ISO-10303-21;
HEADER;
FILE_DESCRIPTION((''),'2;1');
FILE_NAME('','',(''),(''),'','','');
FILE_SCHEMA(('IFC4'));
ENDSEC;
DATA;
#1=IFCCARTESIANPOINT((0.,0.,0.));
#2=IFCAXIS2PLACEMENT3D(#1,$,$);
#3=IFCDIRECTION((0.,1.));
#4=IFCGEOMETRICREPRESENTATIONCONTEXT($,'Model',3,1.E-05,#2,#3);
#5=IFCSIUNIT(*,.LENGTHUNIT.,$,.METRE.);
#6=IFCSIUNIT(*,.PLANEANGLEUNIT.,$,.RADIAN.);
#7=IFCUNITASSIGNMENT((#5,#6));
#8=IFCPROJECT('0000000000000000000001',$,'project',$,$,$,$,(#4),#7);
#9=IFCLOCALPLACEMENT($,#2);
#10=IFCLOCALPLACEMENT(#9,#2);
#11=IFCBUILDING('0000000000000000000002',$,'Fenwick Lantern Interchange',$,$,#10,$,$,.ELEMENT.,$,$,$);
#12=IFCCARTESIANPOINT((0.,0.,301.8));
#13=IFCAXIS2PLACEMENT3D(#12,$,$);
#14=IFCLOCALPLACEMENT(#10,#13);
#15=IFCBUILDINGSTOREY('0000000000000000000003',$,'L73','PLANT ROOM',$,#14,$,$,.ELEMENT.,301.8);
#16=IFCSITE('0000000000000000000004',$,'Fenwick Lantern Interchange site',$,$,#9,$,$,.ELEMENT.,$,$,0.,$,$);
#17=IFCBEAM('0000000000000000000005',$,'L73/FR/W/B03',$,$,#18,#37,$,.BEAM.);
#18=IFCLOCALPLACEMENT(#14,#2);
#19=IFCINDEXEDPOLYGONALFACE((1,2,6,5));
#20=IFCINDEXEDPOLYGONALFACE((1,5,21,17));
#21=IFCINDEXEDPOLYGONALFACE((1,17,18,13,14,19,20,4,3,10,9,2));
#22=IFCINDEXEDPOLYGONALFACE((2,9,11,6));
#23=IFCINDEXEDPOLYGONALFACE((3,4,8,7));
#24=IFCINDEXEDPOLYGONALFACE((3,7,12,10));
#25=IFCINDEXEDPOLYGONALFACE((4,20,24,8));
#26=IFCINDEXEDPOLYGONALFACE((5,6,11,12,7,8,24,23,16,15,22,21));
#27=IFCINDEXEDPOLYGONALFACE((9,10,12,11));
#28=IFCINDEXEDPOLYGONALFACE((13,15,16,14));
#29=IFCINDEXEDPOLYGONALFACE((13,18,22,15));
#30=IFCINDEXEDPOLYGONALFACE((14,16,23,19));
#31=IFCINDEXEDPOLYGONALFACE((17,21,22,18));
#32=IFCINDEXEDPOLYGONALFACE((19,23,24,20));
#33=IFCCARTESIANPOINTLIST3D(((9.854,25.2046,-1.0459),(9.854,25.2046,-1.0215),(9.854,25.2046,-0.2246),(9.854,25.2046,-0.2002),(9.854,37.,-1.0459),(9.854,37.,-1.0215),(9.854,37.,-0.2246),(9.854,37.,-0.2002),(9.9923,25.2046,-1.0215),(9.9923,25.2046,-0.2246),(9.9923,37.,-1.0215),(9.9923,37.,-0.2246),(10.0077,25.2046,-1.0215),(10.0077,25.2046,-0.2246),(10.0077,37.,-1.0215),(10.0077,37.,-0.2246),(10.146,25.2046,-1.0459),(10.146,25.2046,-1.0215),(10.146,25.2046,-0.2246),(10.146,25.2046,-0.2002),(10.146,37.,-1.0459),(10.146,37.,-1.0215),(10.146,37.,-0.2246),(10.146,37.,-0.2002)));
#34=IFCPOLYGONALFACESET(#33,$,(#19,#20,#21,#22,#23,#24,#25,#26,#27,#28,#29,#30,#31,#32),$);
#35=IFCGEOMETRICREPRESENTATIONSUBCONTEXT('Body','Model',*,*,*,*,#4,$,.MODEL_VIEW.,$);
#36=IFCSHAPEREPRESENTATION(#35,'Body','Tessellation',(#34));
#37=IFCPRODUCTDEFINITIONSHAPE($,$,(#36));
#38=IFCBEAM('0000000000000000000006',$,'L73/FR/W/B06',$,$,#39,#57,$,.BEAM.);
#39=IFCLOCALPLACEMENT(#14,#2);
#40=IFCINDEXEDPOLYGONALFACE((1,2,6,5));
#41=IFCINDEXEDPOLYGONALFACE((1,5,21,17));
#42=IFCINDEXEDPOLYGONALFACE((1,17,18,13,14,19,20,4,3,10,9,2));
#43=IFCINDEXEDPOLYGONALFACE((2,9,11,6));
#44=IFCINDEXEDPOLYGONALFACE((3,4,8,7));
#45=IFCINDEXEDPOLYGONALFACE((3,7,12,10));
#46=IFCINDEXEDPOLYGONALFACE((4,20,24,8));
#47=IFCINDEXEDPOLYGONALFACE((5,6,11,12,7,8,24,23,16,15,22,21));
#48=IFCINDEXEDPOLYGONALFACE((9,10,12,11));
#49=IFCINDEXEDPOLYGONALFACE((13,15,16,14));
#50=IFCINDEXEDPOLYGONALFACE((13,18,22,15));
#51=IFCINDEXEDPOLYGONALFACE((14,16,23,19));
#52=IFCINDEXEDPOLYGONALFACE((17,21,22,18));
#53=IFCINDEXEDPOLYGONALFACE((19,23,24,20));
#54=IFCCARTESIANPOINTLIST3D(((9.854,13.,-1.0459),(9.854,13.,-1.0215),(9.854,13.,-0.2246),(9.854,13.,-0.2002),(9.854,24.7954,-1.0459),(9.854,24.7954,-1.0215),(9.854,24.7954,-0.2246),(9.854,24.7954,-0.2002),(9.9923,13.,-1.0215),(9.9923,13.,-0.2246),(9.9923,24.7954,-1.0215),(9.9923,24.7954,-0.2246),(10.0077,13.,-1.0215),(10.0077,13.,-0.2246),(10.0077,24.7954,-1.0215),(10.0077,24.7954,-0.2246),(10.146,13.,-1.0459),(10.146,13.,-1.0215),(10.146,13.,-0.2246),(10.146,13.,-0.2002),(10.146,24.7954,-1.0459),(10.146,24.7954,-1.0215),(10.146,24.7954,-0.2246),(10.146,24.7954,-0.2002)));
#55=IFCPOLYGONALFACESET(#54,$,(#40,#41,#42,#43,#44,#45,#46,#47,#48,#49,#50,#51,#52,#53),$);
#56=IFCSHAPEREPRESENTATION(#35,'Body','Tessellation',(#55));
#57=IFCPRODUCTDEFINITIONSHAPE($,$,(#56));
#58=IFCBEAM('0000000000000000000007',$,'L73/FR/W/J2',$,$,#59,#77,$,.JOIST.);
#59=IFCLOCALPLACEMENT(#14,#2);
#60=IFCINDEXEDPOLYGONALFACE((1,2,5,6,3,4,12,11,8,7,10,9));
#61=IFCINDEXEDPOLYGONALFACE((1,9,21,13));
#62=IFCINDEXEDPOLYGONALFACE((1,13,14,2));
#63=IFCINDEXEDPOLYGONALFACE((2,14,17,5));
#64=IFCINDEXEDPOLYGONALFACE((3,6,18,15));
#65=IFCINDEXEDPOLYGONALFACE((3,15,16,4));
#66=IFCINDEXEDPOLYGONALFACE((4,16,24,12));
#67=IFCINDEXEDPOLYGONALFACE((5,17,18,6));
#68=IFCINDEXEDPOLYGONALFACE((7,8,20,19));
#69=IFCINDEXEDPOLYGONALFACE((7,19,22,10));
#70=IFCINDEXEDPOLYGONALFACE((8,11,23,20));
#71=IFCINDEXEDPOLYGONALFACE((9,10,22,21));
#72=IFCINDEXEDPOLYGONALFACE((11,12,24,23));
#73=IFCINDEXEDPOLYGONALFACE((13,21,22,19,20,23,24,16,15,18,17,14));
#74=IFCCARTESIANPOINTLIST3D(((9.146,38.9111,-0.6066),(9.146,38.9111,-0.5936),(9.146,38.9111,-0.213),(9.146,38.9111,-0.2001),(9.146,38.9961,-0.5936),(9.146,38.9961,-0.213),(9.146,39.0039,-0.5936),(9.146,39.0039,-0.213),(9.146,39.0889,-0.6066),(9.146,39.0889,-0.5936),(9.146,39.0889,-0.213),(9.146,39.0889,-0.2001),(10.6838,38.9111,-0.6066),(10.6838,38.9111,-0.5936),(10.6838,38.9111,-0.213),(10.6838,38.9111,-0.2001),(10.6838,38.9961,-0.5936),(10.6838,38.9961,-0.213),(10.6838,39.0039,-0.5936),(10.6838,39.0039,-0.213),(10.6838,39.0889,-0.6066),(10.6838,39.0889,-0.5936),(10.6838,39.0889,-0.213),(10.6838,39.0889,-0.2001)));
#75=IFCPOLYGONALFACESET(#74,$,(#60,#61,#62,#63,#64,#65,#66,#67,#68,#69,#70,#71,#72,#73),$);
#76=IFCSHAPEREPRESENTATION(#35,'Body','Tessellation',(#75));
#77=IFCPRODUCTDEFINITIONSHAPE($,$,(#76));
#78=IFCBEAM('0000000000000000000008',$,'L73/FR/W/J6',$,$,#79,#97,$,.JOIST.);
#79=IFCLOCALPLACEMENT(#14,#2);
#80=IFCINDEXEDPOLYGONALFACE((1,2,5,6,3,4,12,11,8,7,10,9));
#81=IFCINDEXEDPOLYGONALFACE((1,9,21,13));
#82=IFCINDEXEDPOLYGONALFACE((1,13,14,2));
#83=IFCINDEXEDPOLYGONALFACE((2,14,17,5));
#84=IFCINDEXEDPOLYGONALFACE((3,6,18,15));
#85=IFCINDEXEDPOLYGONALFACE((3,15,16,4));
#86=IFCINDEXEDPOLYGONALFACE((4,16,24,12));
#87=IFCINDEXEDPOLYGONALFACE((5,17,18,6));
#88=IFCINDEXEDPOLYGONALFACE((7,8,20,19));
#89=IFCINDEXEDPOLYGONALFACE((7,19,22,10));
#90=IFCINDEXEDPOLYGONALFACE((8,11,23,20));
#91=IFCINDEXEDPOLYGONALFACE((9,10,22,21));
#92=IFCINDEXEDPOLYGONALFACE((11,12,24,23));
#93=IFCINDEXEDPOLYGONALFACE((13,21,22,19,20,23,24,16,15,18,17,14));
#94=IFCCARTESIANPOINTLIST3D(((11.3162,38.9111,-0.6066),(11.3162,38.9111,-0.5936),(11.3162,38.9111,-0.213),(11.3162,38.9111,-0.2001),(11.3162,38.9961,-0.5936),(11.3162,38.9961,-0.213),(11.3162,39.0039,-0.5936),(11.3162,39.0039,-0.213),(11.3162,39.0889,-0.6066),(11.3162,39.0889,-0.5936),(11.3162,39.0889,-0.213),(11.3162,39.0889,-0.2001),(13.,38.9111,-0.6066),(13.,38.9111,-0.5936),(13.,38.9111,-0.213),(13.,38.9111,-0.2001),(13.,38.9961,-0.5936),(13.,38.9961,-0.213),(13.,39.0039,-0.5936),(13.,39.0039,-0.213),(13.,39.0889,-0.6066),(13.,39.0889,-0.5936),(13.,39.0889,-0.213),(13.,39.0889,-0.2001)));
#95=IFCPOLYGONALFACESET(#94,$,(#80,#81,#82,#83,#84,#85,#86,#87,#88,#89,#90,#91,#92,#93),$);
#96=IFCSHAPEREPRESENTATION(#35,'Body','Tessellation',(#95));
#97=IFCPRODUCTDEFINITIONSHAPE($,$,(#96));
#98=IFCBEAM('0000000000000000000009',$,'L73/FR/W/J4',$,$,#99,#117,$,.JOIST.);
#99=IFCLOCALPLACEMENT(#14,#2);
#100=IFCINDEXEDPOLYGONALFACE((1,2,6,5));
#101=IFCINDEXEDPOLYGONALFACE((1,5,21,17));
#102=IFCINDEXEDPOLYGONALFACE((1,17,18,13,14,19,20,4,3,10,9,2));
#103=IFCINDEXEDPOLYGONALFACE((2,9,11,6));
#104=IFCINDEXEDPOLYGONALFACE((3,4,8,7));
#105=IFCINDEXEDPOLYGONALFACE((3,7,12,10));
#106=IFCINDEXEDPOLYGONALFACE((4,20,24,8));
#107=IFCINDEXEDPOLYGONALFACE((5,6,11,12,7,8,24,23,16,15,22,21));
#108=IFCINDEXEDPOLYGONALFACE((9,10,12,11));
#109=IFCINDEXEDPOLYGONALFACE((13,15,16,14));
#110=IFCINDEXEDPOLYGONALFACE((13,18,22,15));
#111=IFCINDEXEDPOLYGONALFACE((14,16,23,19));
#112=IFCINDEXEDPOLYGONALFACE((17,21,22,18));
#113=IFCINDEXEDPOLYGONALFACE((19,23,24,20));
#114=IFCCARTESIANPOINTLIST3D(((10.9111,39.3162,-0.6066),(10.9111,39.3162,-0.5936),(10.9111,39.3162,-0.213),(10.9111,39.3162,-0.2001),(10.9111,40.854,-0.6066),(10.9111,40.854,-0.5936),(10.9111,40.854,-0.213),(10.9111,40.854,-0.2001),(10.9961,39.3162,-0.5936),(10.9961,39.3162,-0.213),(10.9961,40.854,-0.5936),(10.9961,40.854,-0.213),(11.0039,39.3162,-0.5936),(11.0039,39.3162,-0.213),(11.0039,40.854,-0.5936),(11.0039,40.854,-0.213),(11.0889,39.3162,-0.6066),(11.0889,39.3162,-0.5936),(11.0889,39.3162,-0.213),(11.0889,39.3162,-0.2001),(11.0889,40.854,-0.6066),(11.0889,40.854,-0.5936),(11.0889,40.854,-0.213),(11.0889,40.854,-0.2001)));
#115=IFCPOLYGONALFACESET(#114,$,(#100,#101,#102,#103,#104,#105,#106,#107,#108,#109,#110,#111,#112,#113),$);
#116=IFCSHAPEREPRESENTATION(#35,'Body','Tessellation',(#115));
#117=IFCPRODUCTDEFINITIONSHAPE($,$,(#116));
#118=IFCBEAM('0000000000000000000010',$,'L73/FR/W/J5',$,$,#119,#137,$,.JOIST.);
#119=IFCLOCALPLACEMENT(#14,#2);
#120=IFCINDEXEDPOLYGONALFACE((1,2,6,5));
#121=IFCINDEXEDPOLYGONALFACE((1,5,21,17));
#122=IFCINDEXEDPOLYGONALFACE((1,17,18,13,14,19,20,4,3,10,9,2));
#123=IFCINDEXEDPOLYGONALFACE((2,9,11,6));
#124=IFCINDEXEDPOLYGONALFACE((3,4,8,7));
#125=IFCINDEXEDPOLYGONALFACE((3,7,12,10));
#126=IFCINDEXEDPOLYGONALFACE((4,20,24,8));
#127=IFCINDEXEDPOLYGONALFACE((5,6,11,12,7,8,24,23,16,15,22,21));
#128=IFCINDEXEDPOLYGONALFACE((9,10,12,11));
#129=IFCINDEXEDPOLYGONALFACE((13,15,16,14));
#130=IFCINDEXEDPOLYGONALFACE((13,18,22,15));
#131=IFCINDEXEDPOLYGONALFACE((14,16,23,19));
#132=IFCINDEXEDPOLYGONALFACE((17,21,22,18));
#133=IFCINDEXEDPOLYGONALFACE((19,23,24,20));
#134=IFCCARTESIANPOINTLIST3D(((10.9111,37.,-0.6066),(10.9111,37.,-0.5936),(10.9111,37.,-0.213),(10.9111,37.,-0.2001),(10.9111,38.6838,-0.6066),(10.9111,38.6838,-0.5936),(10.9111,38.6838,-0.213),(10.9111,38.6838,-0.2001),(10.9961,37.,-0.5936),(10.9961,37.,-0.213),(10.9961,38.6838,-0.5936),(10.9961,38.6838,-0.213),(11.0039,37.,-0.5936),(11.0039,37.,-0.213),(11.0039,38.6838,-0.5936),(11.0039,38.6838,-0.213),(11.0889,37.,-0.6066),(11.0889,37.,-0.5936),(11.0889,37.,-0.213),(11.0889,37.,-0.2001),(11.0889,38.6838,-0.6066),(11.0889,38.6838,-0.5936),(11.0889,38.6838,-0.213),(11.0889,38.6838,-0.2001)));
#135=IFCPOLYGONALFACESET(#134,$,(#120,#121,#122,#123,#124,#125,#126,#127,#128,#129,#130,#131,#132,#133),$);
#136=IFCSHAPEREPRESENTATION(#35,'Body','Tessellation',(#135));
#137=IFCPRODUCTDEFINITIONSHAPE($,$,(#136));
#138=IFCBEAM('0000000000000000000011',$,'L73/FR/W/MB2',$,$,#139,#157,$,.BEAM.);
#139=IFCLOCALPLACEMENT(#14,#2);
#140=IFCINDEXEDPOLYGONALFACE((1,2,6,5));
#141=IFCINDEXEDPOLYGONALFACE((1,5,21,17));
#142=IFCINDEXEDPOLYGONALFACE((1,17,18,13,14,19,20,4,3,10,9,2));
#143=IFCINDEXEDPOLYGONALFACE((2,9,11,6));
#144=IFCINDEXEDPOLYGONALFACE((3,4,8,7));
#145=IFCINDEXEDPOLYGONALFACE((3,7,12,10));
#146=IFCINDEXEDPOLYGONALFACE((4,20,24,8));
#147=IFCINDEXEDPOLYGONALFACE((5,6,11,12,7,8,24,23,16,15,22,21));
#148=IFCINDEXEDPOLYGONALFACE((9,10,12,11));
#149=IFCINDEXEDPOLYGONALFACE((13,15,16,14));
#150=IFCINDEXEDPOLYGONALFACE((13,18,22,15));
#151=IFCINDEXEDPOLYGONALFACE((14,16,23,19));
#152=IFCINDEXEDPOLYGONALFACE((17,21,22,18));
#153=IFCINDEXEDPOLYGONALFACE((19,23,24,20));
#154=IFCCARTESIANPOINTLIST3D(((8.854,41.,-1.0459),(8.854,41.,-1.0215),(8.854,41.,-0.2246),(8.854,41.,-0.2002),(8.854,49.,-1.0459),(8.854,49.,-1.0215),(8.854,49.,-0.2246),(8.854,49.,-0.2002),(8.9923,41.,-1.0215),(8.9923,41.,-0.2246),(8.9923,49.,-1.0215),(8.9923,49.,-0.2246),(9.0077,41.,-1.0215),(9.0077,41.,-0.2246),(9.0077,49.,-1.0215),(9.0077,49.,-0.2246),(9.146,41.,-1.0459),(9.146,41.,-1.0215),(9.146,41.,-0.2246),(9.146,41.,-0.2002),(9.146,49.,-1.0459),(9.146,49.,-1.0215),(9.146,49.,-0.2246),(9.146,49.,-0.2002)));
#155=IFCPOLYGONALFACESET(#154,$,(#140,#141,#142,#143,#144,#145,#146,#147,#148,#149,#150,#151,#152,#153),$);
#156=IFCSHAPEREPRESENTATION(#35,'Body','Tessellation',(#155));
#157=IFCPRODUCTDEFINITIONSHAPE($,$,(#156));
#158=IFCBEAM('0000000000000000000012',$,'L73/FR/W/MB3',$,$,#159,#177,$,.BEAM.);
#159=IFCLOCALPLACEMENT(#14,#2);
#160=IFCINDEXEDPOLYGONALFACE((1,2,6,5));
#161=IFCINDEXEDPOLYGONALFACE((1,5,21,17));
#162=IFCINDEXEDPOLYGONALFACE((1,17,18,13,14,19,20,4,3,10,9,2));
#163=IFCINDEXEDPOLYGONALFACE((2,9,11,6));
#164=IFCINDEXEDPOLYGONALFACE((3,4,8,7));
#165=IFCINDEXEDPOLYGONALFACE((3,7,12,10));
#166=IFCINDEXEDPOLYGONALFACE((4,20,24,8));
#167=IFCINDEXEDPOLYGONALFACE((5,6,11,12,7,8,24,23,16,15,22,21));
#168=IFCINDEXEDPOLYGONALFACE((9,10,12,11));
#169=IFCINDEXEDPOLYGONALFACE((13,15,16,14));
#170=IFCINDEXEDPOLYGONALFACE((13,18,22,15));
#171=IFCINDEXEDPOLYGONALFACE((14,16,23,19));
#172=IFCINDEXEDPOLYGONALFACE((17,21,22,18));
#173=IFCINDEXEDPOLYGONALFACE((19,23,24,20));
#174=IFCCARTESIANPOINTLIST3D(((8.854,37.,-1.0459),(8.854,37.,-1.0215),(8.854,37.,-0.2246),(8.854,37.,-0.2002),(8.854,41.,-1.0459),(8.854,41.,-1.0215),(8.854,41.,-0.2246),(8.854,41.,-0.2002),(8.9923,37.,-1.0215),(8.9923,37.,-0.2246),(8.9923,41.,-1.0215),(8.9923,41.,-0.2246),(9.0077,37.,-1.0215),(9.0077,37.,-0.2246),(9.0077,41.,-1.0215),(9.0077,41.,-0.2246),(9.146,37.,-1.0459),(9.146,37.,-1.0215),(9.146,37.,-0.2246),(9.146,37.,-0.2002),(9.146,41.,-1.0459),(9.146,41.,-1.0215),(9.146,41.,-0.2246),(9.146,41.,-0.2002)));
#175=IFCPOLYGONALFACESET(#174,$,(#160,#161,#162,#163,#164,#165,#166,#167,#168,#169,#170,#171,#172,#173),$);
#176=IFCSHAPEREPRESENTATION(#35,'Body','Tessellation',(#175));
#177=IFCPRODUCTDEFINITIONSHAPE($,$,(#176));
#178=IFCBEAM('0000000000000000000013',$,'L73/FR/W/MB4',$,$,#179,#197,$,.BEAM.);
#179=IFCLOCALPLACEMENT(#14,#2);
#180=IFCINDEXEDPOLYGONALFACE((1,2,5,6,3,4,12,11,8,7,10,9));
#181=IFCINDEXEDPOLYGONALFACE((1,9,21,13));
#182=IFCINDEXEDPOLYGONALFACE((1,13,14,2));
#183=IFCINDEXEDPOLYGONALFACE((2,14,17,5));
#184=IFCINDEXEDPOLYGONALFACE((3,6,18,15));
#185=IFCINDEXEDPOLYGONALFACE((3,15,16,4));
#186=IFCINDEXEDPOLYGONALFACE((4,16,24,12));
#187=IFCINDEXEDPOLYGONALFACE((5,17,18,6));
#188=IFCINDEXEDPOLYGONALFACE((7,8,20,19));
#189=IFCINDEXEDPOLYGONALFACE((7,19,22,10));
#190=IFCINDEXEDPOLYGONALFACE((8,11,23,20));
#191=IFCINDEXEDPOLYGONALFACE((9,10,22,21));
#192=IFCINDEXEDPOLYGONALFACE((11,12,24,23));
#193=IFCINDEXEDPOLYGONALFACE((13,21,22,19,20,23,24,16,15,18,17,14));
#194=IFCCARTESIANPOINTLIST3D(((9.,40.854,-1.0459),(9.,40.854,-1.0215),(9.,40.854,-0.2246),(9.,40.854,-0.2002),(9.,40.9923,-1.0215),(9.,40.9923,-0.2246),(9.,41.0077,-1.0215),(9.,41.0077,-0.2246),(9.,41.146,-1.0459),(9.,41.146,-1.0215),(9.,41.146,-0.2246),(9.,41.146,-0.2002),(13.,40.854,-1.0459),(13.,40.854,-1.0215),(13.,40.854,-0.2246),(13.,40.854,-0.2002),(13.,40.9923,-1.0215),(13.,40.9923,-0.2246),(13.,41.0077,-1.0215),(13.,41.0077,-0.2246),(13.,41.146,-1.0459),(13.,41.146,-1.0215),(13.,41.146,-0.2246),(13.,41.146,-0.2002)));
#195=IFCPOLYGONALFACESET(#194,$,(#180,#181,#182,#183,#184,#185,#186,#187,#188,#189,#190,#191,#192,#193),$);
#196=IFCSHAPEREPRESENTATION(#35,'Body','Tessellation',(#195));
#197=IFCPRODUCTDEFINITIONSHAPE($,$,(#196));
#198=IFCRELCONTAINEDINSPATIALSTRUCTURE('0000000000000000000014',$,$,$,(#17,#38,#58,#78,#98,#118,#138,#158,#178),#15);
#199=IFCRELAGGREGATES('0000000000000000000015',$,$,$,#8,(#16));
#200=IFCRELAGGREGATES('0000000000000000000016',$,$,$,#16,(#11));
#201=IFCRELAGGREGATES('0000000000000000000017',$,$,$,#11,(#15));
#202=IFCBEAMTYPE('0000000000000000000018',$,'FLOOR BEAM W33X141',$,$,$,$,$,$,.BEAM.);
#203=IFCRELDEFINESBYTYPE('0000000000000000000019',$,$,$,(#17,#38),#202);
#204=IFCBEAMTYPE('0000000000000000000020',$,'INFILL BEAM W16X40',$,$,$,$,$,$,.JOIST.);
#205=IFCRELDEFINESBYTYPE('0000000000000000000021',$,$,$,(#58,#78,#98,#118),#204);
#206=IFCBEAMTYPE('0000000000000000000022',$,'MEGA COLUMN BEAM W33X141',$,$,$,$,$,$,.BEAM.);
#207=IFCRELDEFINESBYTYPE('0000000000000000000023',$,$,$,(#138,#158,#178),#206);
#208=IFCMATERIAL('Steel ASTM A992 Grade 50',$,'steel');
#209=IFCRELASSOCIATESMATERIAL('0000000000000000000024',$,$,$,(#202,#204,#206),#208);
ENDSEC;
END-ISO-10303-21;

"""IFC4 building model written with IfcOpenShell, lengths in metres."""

from ifc_helpers import new_model, si_unit, direction, frame, origin, origin_2d, place, context, subcontext, project, spatial, i_section, extrude, material, material_profile, profile_set, type_object, element, save


model = new_model("IFC4")

# Units and contexts
model_context = context("Model", 3, precision=1e-05, world=origin(), true_north=direction((0.0, 1.0)))
body_context = subcontext(model_context, "Body", "Model", "MODEL_VIEW")
ifc_project = project(units=[si_unit("LENGTHUNIT", "METRE"), si_unit("PLANEANGLEUNIT", "RADIAN")], contexts=[model_context])

# Site, building, storey
site_placement = place(None, origin())
site = spatial("IfcSite", under=ifc_project, at=site_placement, Name="Fenwick Lantern Interchange site", CompositionType="ELEMENT", RefElevation=0.0)
building_placement = place(site_placement, origin())
building = spatial("IfcBuilding", under=site, at=building_placement, Name="Fenwick Lantern Interchange", CompositionType="ELEMENT")
storey_placement = place(building_placement, frame((0.0, 0.0, 301.8)))
storey = spatial("IfcBuildingStorey", under=building, at=storey_placement, Name="L73", Description="PLANT ROOM", CompositionType="ELEMENT", Elevation=301.8)

# Beams
ifc_material_1 = material(Name="Steel ASTM A992 Grade 50", Category="steel")
ifc_material_profile_1 = material_profile(ifc_material_1, i_section(OverallWidth=0.292, OverallDepth=0.8457, WebThickness=0.0154, FlangeThickness=0.0244, at=origin_2d()), Name="W33X141")
ifc_profile_set_1 = profile_set([ifc_material_profile_1], Name="Steel ASTM A992 Grade 50")
beam_type_1 = type_object("IfcBeamType", Name="FLOOR BEAM W33X141", PredefinedType="BEAM", material=ifc_profile_set_1)
for number, where, z_axis, x_axis, name in (
    (1, (10.0, 37.0, -0.623), (0.0, -1.0, 0.0), (1.0, 0.0, 0.0), "L73/FR/W/B03"),
    (2, (10.0, 24.7954, -0.623), (0.0, -1.0, 0.0), (1.0, 0.0, 0.0), "L73/FR/W/B06"),
):
    element("IfcBeam", number, at=place(storey_placement, frame(where, z_axis=z_axis, x_axis=x_axis)), inside=storey, type_object=beam_type_1, Name=name, PredefinedType="BEAM", context=body_context, shape_type="SweptSolid", body=[
        extrude(i_section(OverallWidth=0.292, OverallDepth=0.8457, WebThickness=0.0154, FlangeThickness=0.0244, at=origin_2d()), origin(), (0.0, 0.0, 1.0), 11.7954),
    ])
ifc_material_profile_2 = material_profile(ifc_material_1, i_section(OverallWidth=0.1777, OverallDepth=0.4065, WebThickness=0.0078, FlangeThickness=0.0129, at=origin_2d()), Name="W16X40")
ifc_profile_set_2 = profile_set([ifc_material_profile_2], Name="Steel ASTM A992 Grade 50")
beam_type_2 = type_object("IfcBeamType", Name="INFILL BEAM W16X40", PredefinedType="JOIST", material=ifc_profile_set_2)
beam_1_placement = place(storey_placement, frame((9.146, 39.0, -0.4033), z_axis=(1.0, 0.0, 0.0), x_axis=(0.0, 1.0, 0.0)))
element("IfcBeam", 3, at=beam_1_placement, inside=storey, type_object=beam_type_2, Name="L73/FR/W/J2", PredefinedType="JOIST", context=body_context, shape_type="SweptSolid", body=[
    extrude(i_section(OverallWidth=0.1777, OverallDepth=0.4065, WebThickness=0.0078, FlangeThickness=0.0129, at=origin_2d()), origin(), (0.0, 0.0, 1.0), 1.5378),
])
beam_2_placement = place(storey_placement, frame((11.3162, 39.0, -0.4033), z_axis=(1.0, 0.0, 0.0), x_axis=(0.0, 1.0, 0.0)))
element("IfcBeam", 4, at=beam_2_placement, inside=storey, type_object=beam_type_2, Name="L73/FR/W/J6", PredefinedType="JOIST", context=body_context, shape_type="SweptSolid", body=[
    extrude(i_section(OverallWidth=0.1777, OverallDepth=0.4065, WebThickness=0.0078, FlangeThickness=0.0129, at=origin_2d()), origin(), (0.0, 0.0, 1.0), 1.6838),
])
beam_3_placement = place(storey_placement, frame((11.0, 40.854, -0.4033), z_axis=(0.0, -1.0, 0.0), x_axis=(1.0, 0.0, 0.0)))
element("IfcBeam", 5, at=beam_3_placement, inside=storey, type_object=beam_type_2, Name="L73/FR/W/J4", PredefinedType="JOIST", context=body_context, shape_type="SweptSolid", body=[
    extrude(i_section(OverallWidth=0.1777, OverallDepth=0.4065, WebThickness=0.0078, FlangeThickness=0.0129, at=origin_2d()), origin(), (0.0, 0.0, 1.0), 1.5378),
])
beam_4_placement = place(storey_placement, frame((11.0, 38.6838, -0.4033), z_axis=(0.0, -1.0, 0.0), x_axis=(1.0, 0.0, 0.0)))
element("IfcBeam", 6, at=beam_4_placement, inside=storey, type_object=beam_type_2, Name="L73/FR/W/J5", PredefinedType="JOIST", context=body_context, shape_type="SweptSolid", body=[
    extrude(i_section(OverallWidth=0.1777, OverallDepth=0.4065, WebThickness=0.0078, FlangeThickness=0.0129, at=origin_2d()), origin(), (0.0, 0.0, 1.0), 1.6838),
])
ifc_material_profile_3 = material_profile(ifc_material_1, i_section(OverallWidth=0.292, OverallDepth=0.8457, WebThickness=0.0154, FlangeThickness=0.0244, at=origin_2d()), Name="W33X141")
ifc_profile_set_3 = profile_set([ifc_material_profile_3], Name="Steel ASTM A992 Grade 50")
beam_type_3 = type_object("IfcBeamType", Name="MEGA COLUMN BEAM W33X141", PredefinedType="BEAM", material=ifc_profile_set_3)
beam_5_placement = place(storey_placement, frame((9.0, 41.0, -0.623), z_axis=(0.0, 1.0, 0.0), x_axis=(-1.0, 0.0, 0.0)))
element("IfcBeam", 7, at=beam_5_placement, inside=storey, type_object=beam_type_3, Name="L73/FR/W/MB2", PredefinedType="BEAM", context=body_context, shape_type="SweptSolid", body=[
    extrude(i_section(OverallWidth=0.292, OverallDepth=0.8457, WebThickness=0.0154, FlangeThickness=0.0244, at=origin_2d()), origin(), (0.0, 0.0, 1.0), 8.0),
])
for number, where, z_axis, x_axis, name in (
    (8, (9.0, 41.0, -0.623), (0.0, -1.0, 0.0), (1.0, 0.0, 0.0), "L73/FR/W/MB3"),
    (9, (9.0, 41.0, -0.623), (1.0, 0.0, 0.0), (0.0, 1.0, 0.0), "L73/FR/W/MB4"),
):
    element("IfcBeam", number, at=place(storey_placement, frame(where, z_axis=z_axis, x_axis=x_axis)), inside=storey, type_object=beam_type_3, Name=name, PredefinedType="BEAM", context=body_context, shape_type="SweptSolid", body=[
        extrude(i_section(OverallWidth=0.292, OverallDepth=0.8457, WebThickness=0.0154, FlangeThickness=0.0244, at=origin_2d()), origin(), (0.0, 0.0, 1.0), 4.0),
    ])

save(model, "model.ifc")
